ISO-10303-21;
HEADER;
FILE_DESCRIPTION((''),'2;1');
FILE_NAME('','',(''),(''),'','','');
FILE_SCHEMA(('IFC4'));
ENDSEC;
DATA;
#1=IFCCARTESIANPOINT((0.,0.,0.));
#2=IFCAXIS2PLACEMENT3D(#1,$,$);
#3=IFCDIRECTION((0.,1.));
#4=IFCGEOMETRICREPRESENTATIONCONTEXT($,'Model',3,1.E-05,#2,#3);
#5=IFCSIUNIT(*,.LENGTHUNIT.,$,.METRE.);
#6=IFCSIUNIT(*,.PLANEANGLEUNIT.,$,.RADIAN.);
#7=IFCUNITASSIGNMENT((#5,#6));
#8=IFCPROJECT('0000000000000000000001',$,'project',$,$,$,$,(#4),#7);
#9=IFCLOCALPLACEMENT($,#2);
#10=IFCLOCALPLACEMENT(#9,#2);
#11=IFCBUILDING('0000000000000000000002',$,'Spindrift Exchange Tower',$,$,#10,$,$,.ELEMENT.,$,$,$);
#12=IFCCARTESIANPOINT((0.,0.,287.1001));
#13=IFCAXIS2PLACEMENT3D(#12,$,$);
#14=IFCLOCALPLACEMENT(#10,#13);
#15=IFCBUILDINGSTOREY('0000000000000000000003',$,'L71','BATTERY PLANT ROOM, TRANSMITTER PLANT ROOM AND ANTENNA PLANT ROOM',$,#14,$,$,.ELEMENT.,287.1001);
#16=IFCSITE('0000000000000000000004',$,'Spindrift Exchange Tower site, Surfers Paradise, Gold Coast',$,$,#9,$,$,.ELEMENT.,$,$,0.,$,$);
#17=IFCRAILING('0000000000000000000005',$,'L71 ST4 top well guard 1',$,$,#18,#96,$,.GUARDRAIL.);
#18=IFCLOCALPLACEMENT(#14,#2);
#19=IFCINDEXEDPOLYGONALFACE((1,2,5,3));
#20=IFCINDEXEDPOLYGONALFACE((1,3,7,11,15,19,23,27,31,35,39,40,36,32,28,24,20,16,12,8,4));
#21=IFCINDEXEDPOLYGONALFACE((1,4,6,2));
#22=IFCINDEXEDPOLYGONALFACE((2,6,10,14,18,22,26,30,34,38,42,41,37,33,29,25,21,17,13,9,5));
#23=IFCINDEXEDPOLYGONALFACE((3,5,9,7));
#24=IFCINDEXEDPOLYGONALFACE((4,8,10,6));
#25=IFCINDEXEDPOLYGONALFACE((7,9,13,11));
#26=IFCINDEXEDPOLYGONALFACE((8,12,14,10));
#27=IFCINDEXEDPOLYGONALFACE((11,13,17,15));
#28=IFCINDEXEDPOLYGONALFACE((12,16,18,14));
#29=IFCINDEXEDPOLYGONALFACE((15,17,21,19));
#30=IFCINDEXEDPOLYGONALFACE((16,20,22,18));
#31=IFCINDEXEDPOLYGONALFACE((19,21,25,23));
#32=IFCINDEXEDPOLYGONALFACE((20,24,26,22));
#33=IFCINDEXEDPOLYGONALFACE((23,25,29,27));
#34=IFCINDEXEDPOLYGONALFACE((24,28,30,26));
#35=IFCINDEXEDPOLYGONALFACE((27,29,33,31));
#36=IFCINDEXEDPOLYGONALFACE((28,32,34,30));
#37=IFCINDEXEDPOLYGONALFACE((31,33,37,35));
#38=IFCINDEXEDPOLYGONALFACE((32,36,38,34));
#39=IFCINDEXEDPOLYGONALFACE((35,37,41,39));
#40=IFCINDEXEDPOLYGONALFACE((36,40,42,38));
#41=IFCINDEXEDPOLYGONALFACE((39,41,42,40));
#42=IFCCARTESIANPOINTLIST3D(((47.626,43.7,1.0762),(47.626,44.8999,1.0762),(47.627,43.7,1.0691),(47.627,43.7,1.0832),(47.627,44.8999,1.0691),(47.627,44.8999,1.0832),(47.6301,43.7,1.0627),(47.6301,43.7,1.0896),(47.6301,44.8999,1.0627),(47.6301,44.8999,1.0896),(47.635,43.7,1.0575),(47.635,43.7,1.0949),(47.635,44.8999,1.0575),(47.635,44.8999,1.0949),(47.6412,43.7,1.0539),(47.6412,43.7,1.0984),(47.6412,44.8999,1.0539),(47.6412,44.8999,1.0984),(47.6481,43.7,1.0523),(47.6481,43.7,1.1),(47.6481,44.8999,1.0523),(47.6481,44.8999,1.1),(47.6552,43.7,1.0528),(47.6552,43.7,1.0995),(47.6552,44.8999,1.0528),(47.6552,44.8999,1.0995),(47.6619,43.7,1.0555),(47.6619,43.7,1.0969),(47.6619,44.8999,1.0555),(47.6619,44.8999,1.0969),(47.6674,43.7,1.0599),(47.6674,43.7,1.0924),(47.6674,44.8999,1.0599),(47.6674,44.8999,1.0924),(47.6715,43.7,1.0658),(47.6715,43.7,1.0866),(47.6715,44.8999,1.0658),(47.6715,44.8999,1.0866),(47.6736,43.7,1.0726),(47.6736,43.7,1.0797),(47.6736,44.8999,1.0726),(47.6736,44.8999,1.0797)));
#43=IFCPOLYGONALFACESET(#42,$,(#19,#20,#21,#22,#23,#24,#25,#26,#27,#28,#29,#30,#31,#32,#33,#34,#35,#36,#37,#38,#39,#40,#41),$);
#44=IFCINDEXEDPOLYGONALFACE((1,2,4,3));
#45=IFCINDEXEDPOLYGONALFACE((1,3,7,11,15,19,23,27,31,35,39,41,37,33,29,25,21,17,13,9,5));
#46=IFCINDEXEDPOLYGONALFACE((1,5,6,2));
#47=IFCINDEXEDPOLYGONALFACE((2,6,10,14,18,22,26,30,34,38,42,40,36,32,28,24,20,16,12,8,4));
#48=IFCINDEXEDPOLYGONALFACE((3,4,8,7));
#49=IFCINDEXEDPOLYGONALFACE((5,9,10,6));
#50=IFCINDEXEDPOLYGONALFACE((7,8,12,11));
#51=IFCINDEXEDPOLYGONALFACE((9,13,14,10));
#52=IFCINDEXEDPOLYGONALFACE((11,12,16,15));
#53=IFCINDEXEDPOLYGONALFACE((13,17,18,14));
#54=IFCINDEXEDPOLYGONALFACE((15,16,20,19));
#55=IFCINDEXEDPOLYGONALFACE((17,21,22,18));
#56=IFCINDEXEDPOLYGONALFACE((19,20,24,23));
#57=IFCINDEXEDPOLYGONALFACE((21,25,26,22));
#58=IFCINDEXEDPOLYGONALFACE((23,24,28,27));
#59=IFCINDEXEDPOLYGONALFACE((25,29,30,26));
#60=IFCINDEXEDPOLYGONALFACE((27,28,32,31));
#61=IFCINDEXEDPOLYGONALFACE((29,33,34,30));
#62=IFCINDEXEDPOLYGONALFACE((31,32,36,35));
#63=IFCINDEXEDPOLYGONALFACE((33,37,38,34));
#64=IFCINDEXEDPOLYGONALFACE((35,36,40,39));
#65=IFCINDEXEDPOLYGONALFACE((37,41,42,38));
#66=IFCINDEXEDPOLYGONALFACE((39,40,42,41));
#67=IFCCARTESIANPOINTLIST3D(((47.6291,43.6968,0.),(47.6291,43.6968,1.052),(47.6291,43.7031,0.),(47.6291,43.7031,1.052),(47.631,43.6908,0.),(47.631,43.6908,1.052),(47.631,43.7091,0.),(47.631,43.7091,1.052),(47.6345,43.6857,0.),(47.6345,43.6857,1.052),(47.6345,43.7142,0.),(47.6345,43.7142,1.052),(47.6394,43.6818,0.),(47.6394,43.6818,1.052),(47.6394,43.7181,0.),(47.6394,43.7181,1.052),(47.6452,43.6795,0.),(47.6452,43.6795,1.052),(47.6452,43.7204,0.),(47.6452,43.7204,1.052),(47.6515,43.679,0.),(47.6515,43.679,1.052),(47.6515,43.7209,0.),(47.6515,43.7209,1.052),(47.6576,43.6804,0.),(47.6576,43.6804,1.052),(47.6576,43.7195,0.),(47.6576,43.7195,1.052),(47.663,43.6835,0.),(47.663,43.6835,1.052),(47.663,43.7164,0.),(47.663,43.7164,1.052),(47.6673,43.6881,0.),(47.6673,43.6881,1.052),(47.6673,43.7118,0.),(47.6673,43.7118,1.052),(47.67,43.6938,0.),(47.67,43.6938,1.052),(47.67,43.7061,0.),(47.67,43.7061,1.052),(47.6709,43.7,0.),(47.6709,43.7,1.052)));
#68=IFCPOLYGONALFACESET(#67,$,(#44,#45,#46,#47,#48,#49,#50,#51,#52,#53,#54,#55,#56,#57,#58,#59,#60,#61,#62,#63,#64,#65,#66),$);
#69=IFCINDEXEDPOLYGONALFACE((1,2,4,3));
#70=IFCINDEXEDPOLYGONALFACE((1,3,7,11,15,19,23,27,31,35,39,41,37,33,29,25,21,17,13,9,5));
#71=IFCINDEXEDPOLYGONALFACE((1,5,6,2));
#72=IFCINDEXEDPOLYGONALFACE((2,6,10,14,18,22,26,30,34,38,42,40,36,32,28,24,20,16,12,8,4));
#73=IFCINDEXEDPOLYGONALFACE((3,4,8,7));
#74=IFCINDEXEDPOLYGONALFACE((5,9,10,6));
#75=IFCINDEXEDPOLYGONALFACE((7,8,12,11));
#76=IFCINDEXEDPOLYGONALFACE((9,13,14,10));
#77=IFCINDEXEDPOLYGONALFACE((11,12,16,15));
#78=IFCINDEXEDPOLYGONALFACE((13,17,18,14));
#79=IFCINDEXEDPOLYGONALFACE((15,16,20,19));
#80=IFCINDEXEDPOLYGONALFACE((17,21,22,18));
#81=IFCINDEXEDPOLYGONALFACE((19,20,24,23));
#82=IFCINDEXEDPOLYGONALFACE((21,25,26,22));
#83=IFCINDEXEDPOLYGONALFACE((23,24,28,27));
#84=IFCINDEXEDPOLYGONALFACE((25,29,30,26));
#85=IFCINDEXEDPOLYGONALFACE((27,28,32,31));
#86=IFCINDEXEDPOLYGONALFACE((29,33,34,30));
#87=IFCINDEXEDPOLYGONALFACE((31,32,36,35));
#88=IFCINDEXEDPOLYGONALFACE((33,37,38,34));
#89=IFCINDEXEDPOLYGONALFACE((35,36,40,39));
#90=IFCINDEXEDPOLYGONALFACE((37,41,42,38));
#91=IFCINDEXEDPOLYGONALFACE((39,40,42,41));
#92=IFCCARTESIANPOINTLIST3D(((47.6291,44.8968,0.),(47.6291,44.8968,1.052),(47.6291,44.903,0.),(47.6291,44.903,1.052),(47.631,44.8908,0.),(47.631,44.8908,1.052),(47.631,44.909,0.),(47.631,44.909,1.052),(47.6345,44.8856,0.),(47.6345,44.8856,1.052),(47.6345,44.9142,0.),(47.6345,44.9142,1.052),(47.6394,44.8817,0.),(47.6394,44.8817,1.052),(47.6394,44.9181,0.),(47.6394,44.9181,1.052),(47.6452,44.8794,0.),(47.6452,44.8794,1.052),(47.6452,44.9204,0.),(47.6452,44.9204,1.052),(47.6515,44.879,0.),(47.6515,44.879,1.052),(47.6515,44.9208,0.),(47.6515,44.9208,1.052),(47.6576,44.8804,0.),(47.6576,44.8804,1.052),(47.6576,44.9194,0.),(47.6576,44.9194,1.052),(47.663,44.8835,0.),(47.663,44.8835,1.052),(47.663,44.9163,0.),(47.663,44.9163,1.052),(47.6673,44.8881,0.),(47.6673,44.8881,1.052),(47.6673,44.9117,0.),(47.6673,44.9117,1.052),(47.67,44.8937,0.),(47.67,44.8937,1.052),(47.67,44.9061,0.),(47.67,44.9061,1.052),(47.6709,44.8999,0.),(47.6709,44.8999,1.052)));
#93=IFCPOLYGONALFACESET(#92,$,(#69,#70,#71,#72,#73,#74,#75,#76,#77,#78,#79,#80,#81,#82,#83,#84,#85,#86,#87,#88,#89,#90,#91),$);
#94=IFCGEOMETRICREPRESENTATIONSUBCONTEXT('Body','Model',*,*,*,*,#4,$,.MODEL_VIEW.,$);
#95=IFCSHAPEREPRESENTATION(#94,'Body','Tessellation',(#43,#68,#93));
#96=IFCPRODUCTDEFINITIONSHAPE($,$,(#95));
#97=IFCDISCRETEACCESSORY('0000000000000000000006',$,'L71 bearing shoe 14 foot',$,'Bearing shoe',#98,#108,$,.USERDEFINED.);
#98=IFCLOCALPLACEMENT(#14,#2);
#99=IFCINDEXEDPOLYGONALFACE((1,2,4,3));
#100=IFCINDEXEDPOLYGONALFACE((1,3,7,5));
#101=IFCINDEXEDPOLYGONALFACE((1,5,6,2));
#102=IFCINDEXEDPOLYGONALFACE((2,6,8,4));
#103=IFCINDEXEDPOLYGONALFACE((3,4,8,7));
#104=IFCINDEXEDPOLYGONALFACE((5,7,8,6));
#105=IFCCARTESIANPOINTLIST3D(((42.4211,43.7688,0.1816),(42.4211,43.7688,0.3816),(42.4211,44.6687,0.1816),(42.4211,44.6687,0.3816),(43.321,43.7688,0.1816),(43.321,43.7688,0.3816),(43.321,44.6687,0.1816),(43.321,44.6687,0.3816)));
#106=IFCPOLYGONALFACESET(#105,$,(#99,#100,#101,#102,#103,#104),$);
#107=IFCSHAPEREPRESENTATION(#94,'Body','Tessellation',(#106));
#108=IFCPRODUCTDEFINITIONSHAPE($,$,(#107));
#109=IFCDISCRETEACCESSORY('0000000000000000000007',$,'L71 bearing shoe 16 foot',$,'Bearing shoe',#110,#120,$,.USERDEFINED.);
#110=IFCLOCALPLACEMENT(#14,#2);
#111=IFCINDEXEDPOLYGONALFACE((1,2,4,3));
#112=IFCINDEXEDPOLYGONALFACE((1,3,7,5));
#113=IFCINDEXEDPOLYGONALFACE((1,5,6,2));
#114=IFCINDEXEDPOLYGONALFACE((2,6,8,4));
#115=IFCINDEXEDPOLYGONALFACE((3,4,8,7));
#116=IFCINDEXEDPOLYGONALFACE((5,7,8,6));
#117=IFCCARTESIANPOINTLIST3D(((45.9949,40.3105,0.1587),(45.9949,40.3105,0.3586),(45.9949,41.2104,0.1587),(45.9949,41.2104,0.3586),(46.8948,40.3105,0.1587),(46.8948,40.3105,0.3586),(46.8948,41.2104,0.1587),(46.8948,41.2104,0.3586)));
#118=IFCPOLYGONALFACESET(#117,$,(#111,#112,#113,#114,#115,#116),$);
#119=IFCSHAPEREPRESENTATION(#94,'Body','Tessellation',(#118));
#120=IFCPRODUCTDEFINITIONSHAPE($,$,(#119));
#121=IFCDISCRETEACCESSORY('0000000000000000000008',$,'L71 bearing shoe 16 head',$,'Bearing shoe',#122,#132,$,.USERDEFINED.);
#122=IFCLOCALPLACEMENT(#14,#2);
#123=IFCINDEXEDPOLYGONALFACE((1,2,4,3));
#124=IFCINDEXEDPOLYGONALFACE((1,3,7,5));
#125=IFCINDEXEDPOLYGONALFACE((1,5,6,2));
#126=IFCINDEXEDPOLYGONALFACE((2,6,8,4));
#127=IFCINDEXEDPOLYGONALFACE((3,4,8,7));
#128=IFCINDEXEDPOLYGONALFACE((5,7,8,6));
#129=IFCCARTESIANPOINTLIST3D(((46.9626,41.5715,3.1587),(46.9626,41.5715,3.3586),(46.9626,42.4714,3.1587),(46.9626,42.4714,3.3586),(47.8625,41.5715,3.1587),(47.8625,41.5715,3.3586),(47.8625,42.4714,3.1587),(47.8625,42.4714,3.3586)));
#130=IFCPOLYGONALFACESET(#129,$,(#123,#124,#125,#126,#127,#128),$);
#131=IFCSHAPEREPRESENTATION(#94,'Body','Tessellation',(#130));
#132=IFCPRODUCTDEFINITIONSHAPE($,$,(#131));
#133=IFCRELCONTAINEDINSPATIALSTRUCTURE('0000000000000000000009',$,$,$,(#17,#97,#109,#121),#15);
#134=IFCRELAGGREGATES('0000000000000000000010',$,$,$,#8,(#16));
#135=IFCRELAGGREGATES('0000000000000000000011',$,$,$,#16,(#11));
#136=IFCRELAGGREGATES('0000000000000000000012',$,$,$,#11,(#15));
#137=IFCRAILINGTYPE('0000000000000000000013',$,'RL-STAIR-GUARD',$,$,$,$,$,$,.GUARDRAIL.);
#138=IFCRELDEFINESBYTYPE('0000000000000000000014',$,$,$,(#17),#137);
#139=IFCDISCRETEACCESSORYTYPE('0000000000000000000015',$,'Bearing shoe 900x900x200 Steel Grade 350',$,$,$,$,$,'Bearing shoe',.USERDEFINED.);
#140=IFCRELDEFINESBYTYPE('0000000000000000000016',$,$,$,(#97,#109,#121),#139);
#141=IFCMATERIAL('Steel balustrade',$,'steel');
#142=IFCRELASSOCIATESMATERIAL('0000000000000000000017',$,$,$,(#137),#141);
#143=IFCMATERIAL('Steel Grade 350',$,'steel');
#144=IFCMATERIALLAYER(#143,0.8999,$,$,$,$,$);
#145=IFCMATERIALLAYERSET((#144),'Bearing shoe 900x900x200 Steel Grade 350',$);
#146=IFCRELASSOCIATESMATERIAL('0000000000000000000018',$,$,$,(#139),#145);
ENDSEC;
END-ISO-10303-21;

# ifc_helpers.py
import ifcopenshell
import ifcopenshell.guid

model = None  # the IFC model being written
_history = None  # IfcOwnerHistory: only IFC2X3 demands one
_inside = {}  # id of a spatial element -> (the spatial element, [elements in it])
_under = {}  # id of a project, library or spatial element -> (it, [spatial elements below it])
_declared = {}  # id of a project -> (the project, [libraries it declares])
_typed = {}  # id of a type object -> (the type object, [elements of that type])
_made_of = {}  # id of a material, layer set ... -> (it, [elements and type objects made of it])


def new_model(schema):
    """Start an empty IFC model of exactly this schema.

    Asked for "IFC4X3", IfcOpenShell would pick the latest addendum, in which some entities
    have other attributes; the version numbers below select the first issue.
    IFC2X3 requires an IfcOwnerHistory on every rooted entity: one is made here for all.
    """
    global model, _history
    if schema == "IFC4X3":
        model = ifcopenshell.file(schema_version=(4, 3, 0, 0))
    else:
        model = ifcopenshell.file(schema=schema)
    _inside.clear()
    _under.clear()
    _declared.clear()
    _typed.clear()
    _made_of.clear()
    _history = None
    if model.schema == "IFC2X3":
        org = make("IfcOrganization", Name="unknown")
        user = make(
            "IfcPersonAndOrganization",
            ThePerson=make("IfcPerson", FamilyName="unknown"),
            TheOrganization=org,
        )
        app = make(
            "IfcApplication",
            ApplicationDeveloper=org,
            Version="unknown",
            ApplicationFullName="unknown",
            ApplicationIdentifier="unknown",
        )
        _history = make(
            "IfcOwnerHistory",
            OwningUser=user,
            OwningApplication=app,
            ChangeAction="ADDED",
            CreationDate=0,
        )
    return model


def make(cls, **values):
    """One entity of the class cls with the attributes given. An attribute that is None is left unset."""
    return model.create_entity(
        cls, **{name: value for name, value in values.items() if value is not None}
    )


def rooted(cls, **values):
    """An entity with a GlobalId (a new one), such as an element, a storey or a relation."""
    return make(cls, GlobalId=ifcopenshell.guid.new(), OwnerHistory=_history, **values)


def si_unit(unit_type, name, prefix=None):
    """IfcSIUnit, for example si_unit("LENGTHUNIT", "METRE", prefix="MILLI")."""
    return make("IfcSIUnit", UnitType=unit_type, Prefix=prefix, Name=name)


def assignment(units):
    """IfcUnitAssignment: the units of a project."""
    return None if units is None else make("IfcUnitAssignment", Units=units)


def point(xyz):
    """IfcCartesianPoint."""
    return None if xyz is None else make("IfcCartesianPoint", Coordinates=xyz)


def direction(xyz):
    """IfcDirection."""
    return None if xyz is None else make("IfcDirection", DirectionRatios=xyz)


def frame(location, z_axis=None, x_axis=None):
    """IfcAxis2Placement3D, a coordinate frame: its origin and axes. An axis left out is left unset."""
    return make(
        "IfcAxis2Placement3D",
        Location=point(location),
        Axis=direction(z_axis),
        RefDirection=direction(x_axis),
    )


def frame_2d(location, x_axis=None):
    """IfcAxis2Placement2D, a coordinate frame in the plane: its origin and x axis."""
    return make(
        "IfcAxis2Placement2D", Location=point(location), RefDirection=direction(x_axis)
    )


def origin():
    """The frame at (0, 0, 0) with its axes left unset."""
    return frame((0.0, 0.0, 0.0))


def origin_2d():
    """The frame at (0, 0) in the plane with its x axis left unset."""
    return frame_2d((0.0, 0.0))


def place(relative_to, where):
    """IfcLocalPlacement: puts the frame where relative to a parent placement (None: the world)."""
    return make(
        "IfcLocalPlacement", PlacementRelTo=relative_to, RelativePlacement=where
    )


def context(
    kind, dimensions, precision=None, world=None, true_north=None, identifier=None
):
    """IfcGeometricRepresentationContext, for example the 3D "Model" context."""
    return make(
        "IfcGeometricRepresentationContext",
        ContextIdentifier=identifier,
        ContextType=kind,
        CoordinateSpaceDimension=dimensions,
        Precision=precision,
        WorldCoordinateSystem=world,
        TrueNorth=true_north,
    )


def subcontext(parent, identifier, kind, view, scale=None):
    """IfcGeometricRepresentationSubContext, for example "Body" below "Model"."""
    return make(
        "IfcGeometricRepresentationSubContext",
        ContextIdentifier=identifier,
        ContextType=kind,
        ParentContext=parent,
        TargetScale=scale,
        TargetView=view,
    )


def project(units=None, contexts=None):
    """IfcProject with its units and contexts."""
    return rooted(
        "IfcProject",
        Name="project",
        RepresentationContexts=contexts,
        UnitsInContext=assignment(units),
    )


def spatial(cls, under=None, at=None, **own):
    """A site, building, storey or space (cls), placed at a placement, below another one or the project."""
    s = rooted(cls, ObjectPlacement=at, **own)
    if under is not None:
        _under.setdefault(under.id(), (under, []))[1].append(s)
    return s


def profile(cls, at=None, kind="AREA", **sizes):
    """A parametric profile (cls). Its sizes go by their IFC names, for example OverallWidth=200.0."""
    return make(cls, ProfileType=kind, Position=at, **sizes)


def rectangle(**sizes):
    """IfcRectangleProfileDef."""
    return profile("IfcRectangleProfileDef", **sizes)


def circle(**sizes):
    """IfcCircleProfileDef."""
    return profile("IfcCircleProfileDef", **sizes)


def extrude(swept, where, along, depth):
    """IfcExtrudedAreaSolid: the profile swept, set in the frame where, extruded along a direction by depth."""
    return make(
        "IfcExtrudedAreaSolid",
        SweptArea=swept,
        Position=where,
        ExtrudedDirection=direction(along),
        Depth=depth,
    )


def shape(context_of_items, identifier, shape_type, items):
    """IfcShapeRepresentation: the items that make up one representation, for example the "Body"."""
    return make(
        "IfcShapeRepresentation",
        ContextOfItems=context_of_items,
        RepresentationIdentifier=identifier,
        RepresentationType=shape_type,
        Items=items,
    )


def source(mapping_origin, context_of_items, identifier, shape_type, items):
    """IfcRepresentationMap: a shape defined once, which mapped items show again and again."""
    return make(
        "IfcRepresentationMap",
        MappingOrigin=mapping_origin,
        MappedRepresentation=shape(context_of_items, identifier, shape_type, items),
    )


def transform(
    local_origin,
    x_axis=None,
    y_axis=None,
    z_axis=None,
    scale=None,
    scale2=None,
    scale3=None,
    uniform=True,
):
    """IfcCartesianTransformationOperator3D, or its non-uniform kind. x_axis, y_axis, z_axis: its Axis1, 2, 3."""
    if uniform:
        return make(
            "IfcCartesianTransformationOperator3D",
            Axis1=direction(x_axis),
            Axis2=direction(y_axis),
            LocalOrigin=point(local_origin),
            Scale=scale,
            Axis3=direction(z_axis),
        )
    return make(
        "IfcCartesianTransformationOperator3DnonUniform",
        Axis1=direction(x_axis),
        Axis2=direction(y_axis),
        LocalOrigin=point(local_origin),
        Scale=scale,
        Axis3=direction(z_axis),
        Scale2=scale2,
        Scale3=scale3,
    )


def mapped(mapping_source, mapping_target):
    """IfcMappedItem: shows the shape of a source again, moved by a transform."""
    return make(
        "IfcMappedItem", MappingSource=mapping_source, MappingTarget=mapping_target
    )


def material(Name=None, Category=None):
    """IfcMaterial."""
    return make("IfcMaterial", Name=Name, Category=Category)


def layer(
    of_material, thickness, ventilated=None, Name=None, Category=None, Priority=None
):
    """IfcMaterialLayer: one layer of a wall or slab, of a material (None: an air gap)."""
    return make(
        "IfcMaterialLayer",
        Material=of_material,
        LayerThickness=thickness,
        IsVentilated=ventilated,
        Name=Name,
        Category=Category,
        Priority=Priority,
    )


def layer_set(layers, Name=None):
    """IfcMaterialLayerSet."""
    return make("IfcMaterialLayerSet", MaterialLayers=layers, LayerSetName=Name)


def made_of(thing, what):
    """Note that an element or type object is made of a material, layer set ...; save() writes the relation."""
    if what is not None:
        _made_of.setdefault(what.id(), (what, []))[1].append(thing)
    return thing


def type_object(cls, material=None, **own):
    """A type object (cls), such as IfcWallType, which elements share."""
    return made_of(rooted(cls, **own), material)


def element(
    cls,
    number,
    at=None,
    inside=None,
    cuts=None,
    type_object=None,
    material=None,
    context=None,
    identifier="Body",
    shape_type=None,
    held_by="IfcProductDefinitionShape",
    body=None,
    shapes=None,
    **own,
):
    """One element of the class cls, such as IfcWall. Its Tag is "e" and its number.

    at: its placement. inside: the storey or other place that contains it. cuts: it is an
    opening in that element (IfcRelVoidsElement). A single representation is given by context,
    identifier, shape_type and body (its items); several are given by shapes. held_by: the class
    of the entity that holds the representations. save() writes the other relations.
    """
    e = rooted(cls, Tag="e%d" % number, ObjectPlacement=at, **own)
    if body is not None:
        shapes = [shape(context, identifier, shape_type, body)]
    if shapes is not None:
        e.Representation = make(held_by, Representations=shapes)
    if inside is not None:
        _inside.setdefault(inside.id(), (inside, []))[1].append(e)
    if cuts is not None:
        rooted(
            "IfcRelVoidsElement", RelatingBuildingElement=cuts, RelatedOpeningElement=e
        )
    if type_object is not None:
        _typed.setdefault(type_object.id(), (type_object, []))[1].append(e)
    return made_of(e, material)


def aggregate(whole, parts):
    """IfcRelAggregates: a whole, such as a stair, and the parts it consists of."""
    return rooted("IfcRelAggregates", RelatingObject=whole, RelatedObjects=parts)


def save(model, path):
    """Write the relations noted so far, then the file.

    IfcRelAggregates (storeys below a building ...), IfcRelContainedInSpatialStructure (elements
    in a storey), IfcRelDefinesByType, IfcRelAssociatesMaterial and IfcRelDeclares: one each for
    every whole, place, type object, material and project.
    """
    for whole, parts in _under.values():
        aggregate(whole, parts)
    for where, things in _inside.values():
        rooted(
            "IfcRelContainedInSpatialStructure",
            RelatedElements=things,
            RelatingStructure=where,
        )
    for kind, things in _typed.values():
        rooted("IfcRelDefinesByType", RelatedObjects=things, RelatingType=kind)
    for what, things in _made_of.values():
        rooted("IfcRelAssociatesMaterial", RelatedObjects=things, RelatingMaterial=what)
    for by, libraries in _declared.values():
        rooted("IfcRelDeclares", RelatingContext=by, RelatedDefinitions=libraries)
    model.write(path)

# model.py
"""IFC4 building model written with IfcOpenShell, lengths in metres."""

from ifc_helpers import new_model, si_unit, direction, frame, origin, origin_2d, place, context, subcontext, project, spatial, rectangle, circle, extrude, source, transform, mapped, material, layer, layer_set, type_object, element, save


model = new_model("IFC4")

# Units and contexts
model_context = context("Model", 3, precision=1e-05, world=origin(), true_north=direction((0.0, 1.0)))
body_context = subcontext(model_context, "Body", "Model", "MODEL_VIEW")
ifc_project = project(units=[si_unit("LENGTHUNIT", "METRE"), si_unit("PLANEANGLEUNIT", "RADIAN")], contexts=[model_context])

# Site, building, storey
site_placement = place(None, origin())
site = spatial("IfcSite", under=ifc_project, at=site_placement, Name="Spindrift Exchange Tower site, Surfers Paradise, Gold Coast", CompositionType="ELEMENT", RefElevation=0.0)
building_placement = place(site_placement, origin())
building = spatial("IfcBuilding", under=site, at=building_placement, Name="Spindrift Exchange Tower", CompositionType="ELEMENT")
storey_placement = place(building_placement, frame((0.0, 0.0, 287.1001)))
storey = spatial("IfcBuildingStorey", under=building, at=storey_placement, Name="L71", Description="BATTERY PLANT ROOM, TRANSMITTER PLANT ROOM AND ANTENNA PLANT ROOM", CompositionType="ELEMENT", Elevation=287.1001)

# Railing
ifc_material_1 = material(Name="Steel balustrade", Category="steel")
railing_type = type_object("IfcRailingType", Name="RL-STAIR-GUARD", PredefinedType="GUARDRAIL", material=ifc_material_1)
railing_placement = place(storey_placement, frame((47.6499, 43.7, 0.0)))
element("IfcRailing", 1, at=railing_placement, inside=storey, type_object=railing_type, Name="L71 ST4 top well guard 1", PredefinedType="GUARDRAIL", context=body_context, shape_type="SweptSolid", body=[
    extrude(circle(Radius=0.0239, at=origin_2d()), frame((0.0, 0.0, 1.0762), z_axis=(0.0, 1.0, 0.0), x_axis=(-1.0, 0.0, 0.0)), (0.0, 0.0, 1.0), 1.2),
    extrude(circle(Radius=0.021, at=origin_2d()), origin(), (0.0, 0.0, 1.0), 1.052),
    extrude(circle(Radius=0.021, at=origin_2d()), frame((0.0, 1.2, 0.0)), (0.0, 0.0, 1.0), 1.052),
])

# Discrete accessories
ifc_material_2 = material(Name="Steel Grade 350", Category="steel")
ifc_layer_1 = layer(ifc_material_2, 0.8999)
ifc_layer_set_1 = layer_set([ifc_layer_1], Name="Bearing shoe 900x900x200 Steel Grade 350")
discrete_accessory_type = type_object("IfcDiscreteAccessoryType", Name="Bearing shoe 900x900x200 Steel Grade 350", ElementType="Bearing shoe", PredefinedType="USERDEFINED", material=ifc_layer_set_1)
shared_shape_1 = source(origin(), body_context, "Body", "SweptSolid", [
    extrude(rectangle(XDim=0.8999, YDim=0.8999, at=origin_2d()), origin(), (0.0, 0.0, 1.0), 0.2),
])
for number, where, z_axis, x_axis, name in (
    (2, (42.8711, 44.2188, 0.1816), (0.0, 0.0, 1.0), (1.0, 0.0, 0.0), "L71 bearing shoe 14 foot"),
    (3, (46.4448, 40.7605, 0.1587), (0.0, 0.0, 1.0), (1.0, 0.0, 0.0), "L71 bearing shoe 16 foot"),
    (4, (47.4126, 42.0215, 3.1587), (0.0, 0.0, 1.0), (1.0, 0.0, 0.0), "L71 bearing shoe 16 head"),
):
    element("IfcDiscreteAccessory", number, at=place(storey_placement, frame(where, z_axis=z_axis, x_axis=x_axis)), inside=storey, type_object=discrete_accessory_type, Name=name, ObjectType="Bearing shoe", PredefinedType="USERDEFINED", context=body_context, shape_type="MappedRepresentation", body=[
        mapped(shared_shape_1, transform((0.0, 0.0, 0.0), scale=1.0)),
    ])

save(model, "model.ifc")
